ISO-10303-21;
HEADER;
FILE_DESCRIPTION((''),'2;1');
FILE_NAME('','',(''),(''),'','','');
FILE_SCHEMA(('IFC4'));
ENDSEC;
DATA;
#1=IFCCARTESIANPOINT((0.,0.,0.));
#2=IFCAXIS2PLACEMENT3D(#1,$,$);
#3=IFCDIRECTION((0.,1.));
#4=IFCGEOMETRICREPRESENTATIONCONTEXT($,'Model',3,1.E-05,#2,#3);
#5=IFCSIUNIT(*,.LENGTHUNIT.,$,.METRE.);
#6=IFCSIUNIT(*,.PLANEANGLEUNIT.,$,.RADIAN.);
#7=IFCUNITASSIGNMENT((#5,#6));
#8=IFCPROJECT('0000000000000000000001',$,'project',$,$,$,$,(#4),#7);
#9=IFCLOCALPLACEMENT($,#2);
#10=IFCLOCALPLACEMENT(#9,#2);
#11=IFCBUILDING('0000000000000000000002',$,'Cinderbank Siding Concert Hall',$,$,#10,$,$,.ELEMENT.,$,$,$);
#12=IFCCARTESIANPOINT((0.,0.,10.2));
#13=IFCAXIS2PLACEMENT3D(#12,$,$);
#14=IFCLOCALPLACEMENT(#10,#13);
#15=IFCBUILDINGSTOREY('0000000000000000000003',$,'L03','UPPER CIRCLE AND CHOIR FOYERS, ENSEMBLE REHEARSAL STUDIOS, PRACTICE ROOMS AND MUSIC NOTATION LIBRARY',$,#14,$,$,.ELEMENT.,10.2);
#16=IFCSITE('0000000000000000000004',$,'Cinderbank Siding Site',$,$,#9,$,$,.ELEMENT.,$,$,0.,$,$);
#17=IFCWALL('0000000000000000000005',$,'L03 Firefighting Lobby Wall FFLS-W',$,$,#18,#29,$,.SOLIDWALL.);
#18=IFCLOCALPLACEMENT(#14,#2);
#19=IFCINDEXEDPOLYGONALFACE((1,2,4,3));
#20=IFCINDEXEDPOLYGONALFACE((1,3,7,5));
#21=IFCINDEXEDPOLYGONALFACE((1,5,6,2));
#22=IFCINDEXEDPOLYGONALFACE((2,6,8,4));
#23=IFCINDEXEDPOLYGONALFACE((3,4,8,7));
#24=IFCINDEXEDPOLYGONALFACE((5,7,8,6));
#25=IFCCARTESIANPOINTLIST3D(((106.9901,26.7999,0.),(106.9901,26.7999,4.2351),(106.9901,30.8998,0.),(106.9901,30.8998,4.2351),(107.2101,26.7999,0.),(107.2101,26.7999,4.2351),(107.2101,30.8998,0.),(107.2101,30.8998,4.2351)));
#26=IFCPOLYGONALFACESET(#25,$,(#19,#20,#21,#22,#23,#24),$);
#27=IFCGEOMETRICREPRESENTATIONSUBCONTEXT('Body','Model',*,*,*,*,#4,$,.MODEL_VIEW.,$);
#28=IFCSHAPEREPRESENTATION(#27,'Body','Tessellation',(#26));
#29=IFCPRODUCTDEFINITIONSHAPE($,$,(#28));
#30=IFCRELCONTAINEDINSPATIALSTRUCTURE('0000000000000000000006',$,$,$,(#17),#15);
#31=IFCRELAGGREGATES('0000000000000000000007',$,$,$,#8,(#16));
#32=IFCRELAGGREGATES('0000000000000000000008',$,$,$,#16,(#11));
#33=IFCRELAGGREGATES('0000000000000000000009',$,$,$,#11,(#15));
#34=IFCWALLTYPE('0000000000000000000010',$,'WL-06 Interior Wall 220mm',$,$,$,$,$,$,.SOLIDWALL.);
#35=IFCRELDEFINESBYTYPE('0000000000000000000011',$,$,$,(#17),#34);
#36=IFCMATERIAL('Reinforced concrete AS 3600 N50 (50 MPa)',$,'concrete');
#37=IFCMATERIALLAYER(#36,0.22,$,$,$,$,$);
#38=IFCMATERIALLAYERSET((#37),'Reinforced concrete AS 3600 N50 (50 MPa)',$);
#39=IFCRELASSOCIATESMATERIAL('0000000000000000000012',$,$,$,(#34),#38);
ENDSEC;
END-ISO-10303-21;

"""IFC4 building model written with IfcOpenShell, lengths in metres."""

from ifc_helpers import new_model, si_unit, direction, frame, frame_2d, origin, place, context, subcontext, project, spatial, rectangle, extrude, material, layer, layer_set, type_object, element, save


model = new_model("IFC4")

# Units and contexts
model_context = context("Model", 3, precision=1e-05, world=origin(), true_north=direction((0.0, 1.0)))
body_context = subcontext(model_context, "Body", "Model", "MODEL_VIEW")
ifc_project = project(units=[si_unit("LENGTHUNIT", "METRE"), si_unit("PLANEANGLEUNIT", "RADIAN")], contexts=[model_context])

# Site, building, storey
site_placement = place(None, origin())
site = spatial("IfcSite", under=ifc_project, at=site_placement, Name="Cinderbank Siding Site", CompositionType="ELEMENT", RefElevation=0.0)
building_placement = place(site_placement, origin())
building = spatial("IfcBuilding", under=site, at=building_placement, Name="Cinderbank Siding Concert Hall", CompositionType="ELEMENT")
storey_placement = place(building_placement, frame((0.0, 0.0, 10.2)))
storey = spatial("IfcBuildingStorey", under=building, at=storey_placement, Name="L03", Description="UPPER CIRCLE AND CHOIR FOYERS, ENSEMBLE REHEARSAL STUDIOS, PRACTICE ROOMS AND MUSIC NOTATION LIBRARY", CompositionType="ELEMENT", Elevation=10.2)

# Shared definitions
ifc_material_1 = material(Name="Reinforced concrete AS 3600 N50 (50 MPa)", Category="concrete")

# Shared definitions
ifc_layer_1 = layer(ifc_material_1, 0.22)
ifc_layer_set_1 = layer_set([ifc_layer_1], Name="Reinforced concrete AS 3600 N50 (50 MPa)")
wall_type_1 = type_object("IfcWallType", Name="WL-06 Interior Wall 220mm", PredefinedType="SOLIDWALL", material=ifc_layer_set_1)

# Wall
wall_1_placement = place(storey_placement, frame((107.1001, 26.8, 0.0), z_axis=(0.0, 0.0, 1.0), x_axis=(0.0, 1.0, 0.0)))
element("IfcWall", 1, at=wall_1_placement, inside=storey, type_object=wall_type_1, Name="L03 Firefighting Lobby Wall FFLS-W", PredefinedType="SOLIDWALL", context=body_context, shape_type="SweptSolid", body=[
    extrude(rectangle(XDim=4.0999, YDim=0.22, at=frame_2d((2.0498, 0.0))), origin(), (0.0, 0.0, 1.0), 4.2351),
])

save(model, "model.ifc")
